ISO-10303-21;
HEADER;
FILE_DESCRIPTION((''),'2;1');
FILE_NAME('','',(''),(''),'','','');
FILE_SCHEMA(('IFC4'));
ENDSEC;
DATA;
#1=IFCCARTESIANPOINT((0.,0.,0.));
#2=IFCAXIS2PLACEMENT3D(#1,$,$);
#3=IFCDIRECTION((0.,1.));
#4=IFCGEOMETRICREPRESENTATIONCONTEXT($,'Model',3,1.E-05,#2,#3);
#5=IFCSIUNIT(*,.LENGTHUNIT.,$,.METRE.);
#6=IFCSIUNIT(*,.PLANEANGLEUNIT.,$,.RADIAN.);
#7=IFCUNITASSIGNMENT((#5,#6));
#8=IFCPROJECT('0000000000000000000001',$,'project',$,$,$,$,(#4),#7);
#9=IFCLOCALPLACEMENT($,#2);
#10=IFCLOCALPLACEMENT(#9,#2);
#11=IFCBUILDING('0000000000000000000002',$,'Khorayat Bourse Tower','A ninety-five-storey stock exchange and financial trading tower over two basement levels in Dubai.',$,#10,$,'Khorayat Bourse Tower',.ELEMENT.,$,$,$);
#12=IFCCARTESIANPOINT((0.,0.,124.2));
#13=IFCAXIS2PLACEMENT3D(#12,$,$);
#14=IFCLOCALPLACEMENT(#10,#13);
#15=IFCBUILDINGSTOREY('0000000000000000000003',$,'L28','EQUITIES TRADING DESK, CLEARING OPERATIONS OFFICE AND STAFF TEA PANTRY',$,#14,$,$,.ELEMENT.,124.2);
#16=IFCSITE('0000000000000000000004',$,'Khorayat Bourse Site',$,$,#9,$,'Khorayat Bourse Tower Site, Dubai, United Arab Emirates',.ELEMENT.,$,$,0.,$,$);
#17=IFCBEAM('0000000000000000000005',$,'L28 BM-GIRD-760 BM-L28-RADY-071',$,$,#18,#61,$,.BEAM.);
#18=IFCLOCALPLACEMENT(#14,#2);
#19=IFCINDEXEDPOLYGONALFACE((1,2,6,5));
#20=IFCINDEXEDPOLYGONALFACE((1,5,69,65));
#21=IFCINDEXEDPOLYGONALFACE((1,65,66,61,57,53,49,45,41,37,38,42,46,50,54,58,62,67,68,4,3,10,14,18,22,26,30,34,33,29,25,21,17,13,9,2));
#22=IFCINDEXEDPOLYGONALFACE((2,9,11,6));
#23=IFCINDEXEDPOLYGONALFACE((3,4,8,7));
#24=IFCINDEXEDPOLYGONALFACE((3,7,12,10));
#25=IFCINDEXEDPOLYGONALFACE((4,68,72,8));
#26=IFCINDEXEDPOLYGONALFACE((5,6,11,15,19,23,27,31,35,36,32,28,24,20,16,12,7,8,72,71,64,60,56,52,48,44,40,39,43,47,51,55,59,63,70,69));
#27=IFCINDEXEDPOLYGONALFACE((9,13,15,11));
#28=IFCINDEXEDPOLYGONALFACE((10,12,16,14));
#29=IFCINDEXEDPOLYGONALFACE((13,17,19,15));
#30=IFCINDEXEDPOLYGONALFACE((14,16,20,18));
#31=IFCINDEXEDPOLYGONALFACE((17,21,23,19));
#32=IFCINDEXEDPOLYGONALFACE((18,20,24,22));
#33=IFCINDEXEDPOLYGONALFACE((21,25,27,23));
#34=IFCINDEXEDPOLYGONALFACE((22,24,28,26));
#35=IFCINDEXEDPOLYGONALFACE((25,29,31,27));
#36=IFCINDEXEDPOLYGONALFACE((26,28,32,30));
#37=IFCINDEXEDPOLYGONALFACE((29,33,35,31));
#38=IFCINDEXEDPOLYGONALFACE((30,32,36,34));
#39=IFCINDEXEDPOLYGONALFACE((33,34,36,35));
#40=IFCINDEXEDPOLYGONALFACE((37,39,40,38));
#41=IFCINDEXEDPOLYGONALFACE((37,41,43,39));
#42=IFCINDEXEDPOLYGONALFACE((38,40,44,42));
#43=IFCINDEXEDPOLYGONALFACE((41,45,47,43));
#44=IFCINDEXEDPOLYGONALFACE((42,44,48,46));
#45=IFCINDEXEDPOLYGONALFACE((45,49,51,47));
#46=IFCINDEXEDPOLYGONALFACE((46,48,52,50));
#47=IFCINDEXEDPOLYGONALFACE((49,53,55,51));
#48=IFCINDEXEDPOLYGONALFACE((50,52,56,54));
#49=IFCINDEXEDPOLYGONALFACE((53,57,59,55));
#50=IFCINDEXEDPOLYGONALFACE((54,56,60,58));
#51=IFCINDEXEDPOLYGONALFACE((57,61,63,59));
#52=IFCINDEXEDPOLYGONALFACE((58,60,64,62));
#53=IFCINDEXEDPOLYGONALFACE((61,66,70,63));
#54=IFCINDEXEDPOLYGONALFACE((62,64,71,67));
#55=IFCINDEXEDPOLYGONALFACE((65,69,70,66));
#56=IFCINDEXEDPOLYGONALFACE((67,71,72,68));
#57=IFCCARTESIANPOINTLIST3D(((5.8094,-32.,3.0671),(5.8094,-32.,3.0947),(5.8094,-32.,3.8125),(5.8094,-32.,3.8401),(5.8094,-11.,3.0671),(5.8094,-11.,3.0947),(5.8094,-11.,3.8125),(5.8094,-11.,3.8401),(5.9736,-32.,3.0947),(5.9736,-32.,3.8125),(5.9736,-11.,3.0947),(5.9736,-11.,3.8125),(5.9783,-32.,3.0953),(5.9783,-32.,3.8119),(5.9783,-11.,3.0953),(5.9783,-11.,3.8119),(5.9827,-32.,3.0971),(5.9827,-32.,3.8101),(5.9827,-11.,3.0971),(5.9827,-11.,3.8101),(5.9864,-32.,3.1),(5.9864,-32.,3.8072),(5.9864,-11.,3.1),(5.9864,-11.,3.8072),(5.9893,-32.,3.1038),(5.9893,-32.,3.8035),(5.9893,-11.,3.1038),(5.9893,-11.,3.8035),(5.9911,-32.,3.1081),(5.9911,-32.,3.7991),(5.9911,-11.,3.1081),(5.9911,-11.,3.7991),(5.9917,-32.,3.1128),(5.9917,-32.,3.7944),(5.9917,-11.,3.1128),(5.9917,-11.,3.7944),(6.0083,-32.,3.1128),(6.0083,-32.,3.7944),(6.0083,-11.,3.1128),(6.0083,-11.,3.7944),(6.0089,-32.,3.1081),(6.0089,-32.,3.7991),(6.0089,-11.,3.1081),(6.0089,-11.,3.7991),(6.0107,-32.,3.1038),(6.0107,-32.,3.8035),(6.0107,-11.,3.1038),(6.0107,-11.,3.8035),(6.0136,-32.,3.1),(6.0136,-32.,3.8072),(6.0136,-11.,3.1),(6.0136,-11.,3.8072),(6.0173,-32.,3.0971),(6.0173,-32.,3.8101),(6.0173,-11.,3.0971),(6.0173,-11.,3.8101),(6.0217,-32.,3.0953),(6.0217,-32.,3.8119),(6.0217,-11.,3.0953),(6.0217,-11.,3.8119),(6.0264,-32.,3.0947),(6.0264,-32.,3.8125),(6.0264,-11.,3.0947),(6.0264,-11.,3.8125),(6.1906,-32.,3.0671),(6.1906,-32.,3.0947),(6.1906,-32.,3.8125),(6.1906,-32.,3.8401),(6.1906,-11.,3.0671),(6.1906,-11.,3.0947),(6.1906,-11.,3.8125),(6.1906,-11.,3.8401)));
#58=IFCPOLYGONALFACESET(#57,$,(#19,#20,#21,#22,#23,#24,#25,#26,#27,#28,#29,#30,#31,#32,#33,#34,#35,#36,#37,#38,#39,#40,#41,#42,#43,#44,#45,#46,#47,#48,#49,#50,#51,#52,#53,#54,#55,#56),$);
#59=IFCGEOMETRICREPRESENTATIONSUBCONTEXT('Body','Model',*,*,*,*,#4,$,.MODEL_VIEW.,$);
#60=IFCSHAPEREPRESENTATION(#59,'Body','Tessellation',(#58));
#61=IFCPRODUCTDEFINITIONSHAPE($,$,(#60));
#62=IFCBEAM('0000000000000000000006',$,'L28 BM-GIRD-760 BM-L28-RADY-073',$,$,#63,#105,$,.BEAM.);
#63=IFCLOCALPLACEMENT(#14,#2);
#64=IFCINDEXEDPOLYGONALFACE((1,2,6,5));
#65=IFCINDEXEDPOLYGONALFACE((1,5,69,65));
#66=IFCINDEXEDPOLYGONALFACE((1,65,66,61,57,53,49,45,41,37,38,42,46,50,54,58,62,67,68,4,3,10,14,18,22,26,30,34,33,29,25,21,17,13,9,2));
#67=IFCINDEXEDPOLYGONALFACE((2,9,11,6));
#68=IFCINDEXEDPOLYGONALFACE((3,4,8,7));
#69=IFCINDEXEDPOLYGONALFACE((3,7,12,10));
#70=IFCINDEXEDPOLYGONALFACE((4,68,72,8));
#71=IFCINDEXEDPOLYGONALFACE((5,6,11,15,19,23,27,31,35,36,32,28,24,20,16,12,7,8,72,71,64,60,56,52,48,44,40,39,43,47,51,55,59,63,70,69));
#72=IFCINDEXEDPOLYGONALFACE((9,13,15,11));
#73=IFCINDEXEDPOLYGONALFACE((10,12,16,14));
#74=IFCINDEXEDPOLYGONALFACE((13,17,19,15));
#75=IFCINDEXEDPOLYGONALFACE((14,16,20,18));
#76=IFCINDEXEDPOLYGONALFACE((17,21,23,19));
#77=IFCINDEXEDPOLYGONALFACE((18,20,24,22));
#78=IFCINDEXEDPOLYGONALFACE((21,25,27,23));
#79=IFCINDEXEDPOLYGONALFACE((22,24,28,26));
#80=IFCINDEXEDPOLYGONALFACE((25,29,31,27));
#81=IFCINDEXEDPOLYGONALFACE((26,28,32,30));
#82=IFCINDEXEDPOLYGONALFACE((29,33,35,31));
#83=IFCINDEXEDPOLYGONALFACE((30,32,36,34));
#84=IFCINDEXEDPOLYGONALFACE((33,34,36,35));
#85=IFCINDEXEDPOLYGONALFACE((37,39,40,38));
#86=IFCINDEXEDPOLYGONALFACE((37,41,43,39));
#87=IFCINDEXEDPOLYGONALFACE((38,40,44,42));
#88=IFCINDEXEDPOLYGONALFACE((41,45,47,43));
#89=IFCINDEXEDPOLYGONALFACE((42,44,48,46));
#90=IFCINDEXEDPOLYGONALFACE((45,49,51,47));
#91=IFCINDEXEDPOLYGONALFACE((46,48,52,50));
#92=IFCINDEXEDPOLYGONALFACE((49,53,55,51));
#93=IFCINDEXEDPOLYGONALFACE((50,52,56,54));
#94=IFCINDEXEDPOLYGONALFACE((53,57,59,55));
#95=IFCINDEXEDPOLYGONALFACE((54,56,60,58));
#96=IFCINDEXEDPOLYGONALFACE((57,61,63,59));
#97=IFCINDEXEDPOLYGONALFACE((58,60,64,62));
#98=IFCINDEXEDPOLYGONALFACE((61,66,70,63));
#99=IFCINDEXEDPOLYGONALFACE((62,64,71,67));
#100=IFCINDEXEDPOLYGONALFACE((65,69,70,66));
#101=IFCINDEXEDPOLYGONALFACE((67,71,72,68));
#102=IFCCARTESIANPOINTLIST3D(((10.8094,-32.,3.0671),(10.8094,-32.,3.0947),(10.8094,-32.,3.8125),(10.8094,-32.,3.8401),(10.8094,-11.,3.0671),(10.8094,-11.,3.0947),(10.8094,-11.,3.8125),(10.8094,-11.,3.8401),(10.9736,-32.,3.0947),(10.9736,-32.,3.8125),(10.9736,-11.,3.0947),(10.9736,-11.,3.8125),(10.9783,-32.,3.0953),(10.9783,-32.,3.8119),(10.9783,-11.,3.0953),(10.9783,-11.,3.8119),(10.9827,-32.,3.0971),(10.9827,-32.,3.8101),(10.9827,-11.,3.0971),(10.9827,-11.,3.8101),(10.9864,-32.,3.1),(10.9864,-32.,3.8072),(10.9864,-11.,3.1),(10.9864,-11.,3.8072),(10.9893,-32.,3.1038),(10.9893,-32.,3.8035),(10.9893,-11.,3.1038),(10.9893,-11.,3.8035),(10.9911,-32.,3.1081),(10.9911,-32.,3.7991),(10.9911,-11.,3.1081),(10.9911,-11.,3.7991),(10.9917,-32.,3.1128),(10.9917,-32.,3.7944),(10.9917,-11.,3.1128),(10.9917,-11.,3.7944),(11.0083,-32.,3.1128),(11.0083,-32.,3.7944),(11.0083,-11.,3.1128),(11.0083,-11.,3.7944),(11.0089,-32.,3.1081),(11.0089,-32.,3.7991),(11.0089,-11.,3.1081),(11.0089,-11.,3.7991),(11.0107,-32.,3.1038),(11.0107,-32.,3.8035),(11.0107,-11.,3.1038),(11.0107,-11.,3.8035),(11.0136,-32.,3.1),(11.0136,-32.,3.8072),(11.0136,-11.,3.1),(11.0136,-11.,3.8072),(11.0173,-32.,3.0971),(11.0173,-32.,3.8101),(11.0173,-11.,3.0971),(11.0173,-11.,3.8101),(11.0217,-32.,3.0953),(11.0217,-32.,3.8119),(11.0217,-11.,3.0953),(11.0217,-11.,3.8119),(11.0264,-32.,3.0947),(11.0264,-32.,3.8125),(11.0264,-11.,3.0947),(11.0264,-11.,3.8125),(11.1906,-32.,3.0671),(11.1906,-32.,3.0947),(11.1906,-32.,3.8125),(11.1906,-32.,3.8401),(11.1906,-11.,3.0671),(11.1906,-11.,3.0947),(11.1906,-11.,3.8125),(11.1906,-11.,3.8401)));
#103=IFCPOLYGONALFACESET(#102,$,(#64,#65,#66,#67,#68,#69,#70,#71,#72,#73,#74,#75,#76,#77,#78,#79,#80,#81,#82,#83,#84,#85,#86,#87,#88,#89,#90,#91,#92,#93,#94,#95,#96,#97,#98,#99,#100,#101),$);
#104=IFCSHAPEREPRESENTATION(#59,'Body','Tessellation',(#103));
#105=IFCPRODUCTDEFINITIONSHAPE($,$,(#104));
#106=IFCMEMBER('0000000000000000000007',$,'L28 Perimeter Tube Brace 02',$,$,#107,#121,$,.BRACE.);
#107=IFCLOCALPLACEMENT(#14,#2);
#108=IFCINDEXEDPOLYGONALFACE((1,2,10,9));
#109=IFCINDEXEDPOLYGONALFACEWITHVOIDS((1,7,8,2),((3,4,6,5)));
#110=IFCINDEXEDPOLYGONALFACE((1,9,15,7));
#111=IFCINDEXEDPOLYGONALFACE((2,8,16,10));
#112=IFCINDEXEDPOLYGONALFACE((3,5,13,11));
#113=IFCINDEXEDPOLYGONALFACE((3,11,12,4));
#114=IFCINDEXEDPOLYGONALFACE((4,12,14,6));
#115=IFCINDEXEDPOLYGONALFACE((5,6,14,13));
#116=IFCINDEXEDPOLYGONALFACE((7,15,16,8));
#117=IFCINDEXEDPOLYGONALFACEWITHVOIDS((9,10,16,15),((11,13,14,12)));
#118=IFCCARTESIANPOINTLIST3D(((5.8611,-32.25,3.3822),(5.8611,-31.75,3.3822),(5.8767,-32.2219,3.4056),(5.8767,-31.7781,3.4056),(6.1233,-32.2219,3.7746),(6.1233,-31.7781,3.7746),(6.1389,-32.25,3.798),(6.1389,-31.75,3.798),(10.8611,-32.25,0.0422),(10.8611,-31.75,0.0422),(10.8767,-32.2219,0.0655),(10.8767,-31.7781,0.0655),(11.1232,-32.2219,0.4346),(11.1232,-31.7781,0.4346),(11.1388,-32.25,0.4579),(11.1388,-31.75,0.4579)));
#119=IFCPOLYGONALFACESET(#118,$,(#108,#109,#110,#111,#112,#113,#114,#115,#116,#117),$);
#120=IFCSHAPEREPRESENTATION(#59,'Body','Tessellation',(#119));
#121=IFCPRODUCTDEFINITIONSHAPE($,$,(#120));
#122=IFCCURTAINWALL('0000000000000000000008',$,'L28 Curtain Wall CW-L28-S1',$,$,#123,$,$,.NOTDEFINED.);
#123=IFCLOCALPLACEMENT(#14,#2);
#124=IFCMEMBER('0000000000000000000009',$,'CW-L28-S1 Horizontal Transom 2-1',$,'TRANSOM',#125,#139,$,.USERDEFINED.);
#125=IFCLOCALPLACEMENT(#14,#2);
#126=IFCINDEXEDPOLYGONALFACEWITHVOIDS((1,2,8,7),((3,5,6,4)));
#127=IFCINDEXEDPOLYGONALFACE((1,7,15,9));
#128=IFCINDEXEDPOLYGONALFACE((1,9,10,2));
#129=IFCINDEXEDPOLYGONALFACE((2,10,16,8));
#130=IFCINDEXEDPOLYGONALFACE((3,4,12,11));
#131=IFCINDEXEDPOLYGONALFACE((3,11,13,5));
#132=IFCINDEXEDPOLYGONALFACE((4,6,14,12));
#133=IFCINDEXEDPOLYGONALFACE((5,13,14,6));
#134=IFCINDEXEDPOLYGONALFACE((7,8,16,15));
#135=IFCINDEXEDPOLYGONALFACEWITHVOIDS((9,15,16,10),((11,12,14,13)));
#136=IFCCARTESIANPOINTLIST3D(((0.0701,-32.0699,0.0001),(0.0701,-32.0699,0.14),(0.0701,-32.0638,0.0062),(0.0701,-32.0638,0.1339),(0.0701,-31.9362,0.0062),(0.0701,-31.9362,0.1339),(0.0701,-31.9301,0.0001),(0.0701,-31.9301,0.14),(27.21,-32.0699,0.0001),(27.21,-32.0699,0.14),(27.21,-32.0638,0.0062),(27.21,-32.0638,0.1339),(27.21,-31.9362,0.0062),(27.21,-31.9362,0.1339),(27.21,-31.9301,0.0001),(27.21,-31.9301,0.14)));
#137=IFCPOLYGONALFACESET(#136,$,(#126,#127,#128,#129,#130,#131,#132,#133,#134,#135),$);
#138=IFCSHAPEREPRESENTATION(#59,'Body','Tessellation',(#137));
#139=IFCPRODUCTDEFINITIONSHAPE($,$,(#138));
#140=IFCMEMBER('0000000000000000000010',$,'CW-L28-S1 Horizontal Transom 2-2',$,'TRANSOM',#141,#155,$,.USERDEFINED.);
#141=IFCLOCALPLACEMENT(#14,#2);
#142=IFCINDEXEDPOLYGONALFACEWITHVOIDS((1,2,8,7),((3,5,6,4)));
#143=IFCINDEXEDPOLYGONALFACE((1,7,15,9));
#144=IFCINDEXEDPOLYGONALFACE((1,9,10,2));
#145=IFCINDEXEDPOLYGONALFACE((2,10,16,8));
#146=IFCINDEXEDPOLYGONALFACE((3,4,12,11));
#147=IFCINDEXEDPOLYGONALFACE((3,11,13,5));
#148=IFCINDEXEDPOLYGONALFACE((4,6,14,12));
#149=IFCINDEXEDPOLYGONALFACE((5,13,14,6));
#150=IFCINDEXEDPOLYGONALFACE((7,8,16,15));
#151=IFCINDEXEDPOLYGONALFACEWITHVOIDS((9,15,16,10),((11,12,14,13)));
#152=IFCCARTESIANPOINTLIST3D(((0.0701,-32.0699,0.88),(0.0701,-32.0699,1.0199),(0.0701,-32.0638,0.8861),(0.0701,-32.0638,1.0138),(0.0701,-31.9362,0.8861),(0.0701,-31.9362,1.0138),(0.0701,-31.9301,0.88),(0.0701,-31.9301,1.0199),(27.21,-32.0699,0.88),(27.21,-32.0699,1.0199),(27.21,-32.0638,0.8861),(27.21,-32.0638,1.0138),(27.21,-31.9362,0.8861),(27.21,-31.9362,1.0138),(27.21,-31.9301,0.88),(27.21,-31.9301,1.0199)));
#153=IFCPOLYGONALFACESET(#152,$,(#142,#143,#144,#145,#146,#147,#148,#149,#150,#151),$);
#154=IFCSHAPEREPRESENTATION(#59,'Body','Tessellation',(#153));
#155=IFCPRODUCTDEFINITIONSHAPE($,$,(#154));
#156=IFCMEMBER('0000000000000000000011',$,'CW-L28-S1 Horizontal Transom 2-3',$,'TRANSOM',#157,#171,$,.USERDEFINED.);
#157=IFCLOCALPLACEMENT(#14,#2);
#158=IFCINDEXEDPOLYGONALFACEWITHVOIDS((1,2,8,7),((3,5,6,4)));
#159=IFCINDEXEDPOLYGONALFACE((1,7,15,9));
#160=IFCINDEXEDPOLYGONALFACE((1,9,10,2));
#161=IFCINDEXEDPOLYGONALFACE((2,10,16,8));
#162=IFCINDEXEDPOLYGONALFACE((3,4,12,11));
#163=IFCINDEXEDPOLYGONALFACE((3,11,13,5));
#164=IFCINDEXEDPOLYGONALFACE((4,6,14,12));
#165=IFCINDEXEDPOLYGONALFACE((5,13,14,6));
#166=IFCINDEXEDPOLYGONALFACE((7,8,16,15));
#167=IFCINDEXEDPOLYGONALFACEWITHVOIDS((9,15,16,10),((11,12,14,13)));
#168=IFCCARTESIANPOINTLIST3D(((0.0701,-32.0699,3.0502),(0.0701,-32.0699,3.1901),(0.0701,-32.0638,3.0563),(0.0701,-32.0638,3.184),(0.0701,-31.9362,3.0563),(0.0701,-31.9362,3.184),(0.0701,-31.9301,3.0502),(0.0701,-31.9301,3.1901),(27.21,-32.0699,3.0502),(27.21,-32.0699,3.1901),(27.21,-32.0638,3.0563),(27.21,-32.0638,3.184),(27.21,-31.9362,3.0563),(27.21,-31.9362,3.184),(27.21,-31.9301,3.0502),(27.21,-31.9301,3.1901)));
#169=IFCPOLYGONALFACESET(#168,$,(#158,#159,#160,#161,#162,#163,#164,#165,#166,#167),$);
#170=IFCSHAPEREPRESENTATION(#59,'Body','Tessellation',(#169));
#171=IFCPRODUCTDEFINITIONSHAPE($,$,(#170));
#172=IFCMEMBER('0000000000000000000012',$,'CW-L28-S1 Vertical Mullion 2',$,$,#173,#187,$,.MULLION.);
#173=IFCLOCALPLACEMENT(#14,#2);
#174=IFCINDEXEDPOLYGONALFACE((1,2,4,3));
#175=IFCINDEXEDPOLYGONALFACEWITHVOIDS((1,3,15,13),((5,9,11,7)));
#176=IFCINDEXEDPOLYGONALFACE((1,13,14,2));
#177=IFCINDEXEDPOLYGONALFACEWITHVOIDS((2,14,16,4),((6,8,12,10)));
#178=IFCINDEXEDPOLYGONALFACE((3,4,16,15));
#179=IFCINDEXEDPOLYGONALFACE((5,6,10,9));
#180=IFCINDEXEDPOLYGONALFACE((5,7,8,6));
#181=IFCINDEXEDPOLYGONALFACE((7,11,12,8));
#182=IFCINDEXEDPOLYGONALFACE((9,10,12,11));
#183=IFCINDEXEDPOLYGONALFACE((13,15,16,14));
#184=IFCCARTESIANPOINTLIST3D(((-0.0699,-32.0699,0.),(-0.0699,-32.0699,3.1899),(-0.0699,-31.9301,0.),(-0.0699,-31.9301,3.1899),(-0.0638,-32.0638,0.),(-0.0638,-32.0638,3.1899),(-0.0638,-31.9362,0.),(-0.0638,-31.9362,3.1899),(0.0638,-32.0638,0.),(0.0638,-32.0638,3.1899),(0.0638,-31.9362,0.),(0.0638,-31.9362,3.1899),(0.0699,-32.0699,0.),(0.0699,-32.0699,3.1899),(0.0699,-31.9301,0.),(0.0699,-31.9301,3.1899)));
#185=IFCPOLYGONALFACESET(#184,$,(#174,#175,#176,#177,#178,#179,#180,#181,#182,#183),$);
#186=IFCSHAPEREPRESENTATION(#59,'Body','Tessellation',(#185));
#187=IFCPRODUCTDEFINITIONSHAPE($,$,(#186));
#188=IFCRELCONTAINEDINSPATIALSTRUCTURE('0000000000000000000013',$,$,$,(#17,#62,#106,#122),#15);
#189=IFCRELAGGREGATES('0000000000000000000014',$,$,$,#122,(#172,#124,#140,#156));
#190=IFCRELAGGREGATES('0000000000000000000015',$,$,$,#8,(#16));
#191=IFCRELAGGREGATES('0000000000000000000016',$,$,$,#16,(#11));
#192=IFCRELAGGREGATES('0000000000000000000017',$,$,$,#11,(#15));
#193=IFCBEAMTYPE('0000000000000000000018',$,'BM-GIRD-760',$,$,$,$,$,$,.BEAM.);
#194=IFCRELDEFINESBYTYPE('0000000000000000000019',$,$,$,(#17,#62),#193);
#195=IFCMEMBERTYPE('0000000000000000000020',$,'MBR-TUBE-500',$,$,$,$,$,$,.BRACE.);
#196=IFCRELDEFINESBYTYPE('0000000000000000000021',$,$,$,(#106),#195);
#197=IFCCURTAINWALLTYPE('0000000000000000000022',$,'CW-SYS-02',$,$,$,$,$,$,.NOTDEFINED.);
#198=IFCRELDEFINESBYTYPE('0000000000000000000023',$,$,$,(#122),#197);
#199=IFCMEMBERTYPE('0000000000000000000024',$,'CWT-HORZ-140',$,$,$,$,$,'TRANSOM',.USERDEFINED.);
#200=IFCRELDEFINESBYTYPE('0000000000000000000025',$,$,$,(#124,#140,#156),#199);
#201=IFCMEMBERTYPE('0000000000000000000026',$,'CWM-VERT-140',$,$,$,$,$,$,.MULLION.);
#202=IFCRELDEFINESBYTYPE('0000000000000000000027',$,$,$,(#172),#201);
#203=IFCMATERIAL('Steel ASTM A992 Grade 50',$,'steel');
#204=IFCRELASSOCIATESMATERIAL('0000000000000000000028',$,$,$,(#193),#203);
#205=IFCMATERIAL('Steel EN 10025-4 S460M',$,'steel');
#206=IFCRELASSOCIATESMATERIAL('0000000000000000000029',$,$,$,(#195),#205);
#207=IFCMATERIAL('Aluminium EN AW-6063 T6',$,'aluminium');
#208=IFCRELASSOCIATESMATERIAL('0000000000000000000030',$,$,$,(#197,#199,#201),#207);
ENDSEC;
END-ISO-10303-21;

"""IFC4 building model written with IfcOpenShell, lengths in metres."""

from ifc_helpers import new_model, si_unit, direction, frame, origin, origin_2d, place, context, subcontext, project, spatial, hollow_rectangle, i_section, extrude, source, transform, mapped, material, material_profile, profile_set, type_object, element, aggregate, save


model = new_model("IFC4")

# Units and contexts
model_context = context("Model", 3, precision=1e-05, world=origin(), true_north=direction((0.0, 1.0)))
body_context = subcontext(model_context, "Body", "Model", "MODEL_VIEW")
ifc_project = project(units=[si_unit("LENGTHUNIT", "METRE"), si_unit("PLANEANGLEUNIT", "RADIAN")], contexts=[model_context])

# Site, building, storey
site_placement = place(None, origin())
site = spatial("IfcSite", under=ifc_project, at=site_placement, Name="Khorayat Bourse Site", LongName="Khorayat Bourse Tower Site, Dubai, United Arab Emirates", CompositionType="ELEMENT", RefElevation=0.0)
building_placement = place(site_placement, origin())
building = spatial("IfcBuilding", under=site, at=building_placement, Name="Khorayat Bourse Tower", Description="A ninety-five-storey stock exchange and financial trading tower over two basement levels in Dubai.", LongName="Khorayat Bourse Tower", CompositionType="ELEMENT")
storey_placement = place(building_placement, frame((0.0, 0.0, 124.2)))
storey = spatial("IfcBuildingStorey", under=building, at=storey_placement, Name="L28", Description="EQUITIES TRADING DESK, CLEARING OPERATIONS OFFICE AND STAFF TEA PANTRY", CompositionType="ELEMENT", Elevation=124.2)

# Shared definitions
ifc_material_1 = material(Name="Steel EN 10025-4 S460M", Category="steel")

# Beams
ifc_material_2 = material(Name="Steel ASTM A992 Grade 50", Category="steel")
ifc_material_profile_1 = material_profile(ifc_material_2, i_section(OverallWidth=0.3811, OverallDepth=0.7729, WebThickness=0.0166, FlangeThickness=0.0276, FilletRadius=0.0181, at=origin_2d()), Name="W760X257")
ifc_profile_set_1 = profile_set([ifc_material_profile_1], Name="Steel ASTM A992 Grade 50")
beam_type_1 = type_object("IfcBeamType", Name="BM-GIRD-760", PredefinedType="BEAM", material=ifc_profile_set_1)
shared_shape_1 = source(origin(), body_context, "Body", "SweptSolid", [
    extrude(i_section(OverallWidth=0.3811, OverallDepth=0.7729, WebThickness=0.0166, FlangeThickness=0.0276, FilletRadius=0.0181, at=origin_2d()), origin(), (0.0, 0.0, 1.0), 21.0),
])
for number, where, z_axis, x_axis, name in (
    (1, (6.0, -32.0, 3.4536), (0.0, 1.0, 0.0), (-1.0, 0.0, 0.0), "L28 BM-GIRD-760 BM-L28-RADY-071"),
    (2, (11.0, -32.0, 3.4536), (0.0, 1.0, 0.0), (-1.0, 0.0, 0.0), "L28 BM-GIRD-760 BM-L28-RADY-073"),
):
    element("IfcBeam", number, at=place(storey_placement, frame(where, z_axis=z_axis, x_axis=x_axis)), inside=storey, type_object=beam_type_1, Name=name, PredefinedType="BEAM", context=body_context, shape_type="MappedRepresentation", body=[
        mapped(shared_shape_1, transform((0.0, 0.0, 0.0), scale=1.0)),
    ])

# Member
ifc_material_profile_2 = material_profile(ifc_material_1, hollow_rectangle(XDim=0.5, YDim=0.5, WallThickness=0.0281, at=origin_2d()), Name="HSS 500x500x28")
ifc_profile_set_2 = profile_set([ifc_material_profile_2], Name="Steel EN 10025-4 S460M")
member_type_1 = type_object("IfcMemberType", Name="MBR-TUBE-500", PredefinedType="BRACE", material=ifc_profile_set_2)
shared_shape_2 = source(origin(), body_context, "Body", "SweptSolid", [
    extrude(hollow_rectangle(XDim=0.5, YDim=0.5, WallThickness=0.0281, at=origin_2d()), origin(), (0.0, 0.0, 1.0), 6.0129),
])
member_1_placement = place(storey_placement, frame((6.0, -32.0, 3.5901), z_axis=(0.831531, 0.0, -0.555478), x_axis=(0.0, 1.0, 0.0)))
element("IfcMember", 3, at=member_1_placement, inside=storey, type_object=member_type_1, Name="L28 Perimeter Tube Brace 02", PredefinedType="BRACE", context=body_context, shape_type="MappedRepresentation", body=[
    mapped(shared_shape_2, transform((0.0, 0.0, 0.0), scale=1.0)),
])

# Curtain wall, members
ifc_material_3 = material(Name="Aluminium EN AW-6063 T6", Category="aluminium")
curtain_wall_type = type_object("IfcCurtainWallType", Name="CW-SYS-02", PredefinedType="NOTDEFINED", material=ifc_material_3)
curtain_wall_placement = place(storey_placement, origin())
curtain_wall = element("IfcCurtainWall", 4, at=curtain_wall_placement, inside=storey, type_object=curtain_wall_type, Name="L28 Curtain Wall CW-L28-S1", PredefinedType="NOTDEFINED")
ifc_material_profile_3 = material_profile(ifc_material_3, hollow_rectangle(XDim=0.1399, YDim=0.1399, WallThickness=0.0061, at=origin_2d()), Name="ALU 140x140x6")
ifc_profile_set_3 = profile_set([ifc_material_profile_3], Name="Aluminium EN AW-6063 T6")
member_type_2 = type_object("IfcMemberType", Name="CWT-HORZ-140", ElementType="TRANSOM", PredefinedType="USERDEFINED", material=ifc_profile_set_3)
shared_shape_3 = source(origin(), body_context, "Body", "SweptSolid", [
    extrude(hollow_rectangle(XDim=0.1399, YDim=0.1399, WallThickness=0.0061, at=origin_2d()), origin(), (0.0, 0.0, 1.0), 27.1399),
])
member_2_placement = place(storey_placement, frame((0.0701, -32.0, 0.0701), z_axis=(1.0, 0.0, 0.0), x_axis=(0.0, 1.0, 0.0)))
member_2 = element("IfcMember", 5, at=member_2_placement, type_object=member_type_2, Name="CW-L28-S1 Horizontal Transom 2-1", ObjectType="TRANSOM", PredefinedType="USERDEFINED", context=body_context, shape_type="MappedRepresentation", body=[
    mapped(shared_shape_3, transform((0.0, 0.0, 0.0), scale=1.0)),
])
member_3_placement = place(storey_placement, frame((0.0701, -32.0, 0.95), z_axis=(1.0, 0.0, 0.0), x_axis=(0.0, 1.0, 0.0)))
member_3 = element("IfcMember", 6, at=member_3_placement, type_object=member_type_2, Name="CW-L28-S1 Horizontal Transom 2-2", ObjectType="TRANSOM", PredefinedType="USERDEFINED", context=body_context, shape_type="MappedRepresentation", body=[
    mapped(shared_shape_3, transform((0.0, 0.0, 0.0), scale=1.0)),
])
member_4_placement = place(storey_placement, frame((0.0701, -32.0, 3.1201), z_axis=(1.0, 0.0, 0.0), x_axis=(0.0, 1.0, 0.0)))
member_4 = element("IfcMember", 7, at=member_4_placement, type_object=member_type_2, Name="CW-L28-S1 Horizontal Transom 2-3", ObjectType="TRANSOM", PredefinedType="USERDEFINED", context=body_context, shape_type="MappedRepresentation", body=[
    mapped(shared_shape_3, transform((0.0, 0.0, 0.0), scale=1.0)),
])
ifc_material_profile_4 = material_profile(ifc_material_3, hollow_rectangle(XDim=0.1399, YDim=0.1399, WallThickness=0.0061, at=origin_2d()), Name="ALU 140x140x6")
ifc_profile_set_4 = profile_set([ifc_material_profile_4], Name="Aluminium EN AW-6063 T6")
member_type_3 = type_object("IfcMemberType", Name="CWM-VERT-140", PredefinedType="MULLION", material=ifc_profile_set_4)
shared_shape_4 = source(origin(), body_context, "Body", "SweptSolid", [
    extrude(hollow_rectangle(XDim=0.1399, YDim=0.1399, WallThickness=0.0061, at=origin_2d()), origin(), (0.0, 0.0, 1.0), 3.1899),
])
member_5_placement = place(storey_placement, frame((0.0, -32.0, 0.0), z_axis=(0.0, 0.0, 1.0), x_axis=(0.0, 1.0, 0.0)))
member_5 = element("IfcMember", 8, at=member_5_placement, type_object=member_type_3, Name="CW-L28-S1 Vertical Mullion 2", PredefinedType="MULLION", context=body_context, shape_type="MappedRepresentation", body=[
    mapped(shared_shape_4, transform((0.0, 0.0, 0.0), scale=1.0)),
])
aggregate(curtain_wall, [member_5, member_2, member_3, member_4])

save(model, "model.ifc")
